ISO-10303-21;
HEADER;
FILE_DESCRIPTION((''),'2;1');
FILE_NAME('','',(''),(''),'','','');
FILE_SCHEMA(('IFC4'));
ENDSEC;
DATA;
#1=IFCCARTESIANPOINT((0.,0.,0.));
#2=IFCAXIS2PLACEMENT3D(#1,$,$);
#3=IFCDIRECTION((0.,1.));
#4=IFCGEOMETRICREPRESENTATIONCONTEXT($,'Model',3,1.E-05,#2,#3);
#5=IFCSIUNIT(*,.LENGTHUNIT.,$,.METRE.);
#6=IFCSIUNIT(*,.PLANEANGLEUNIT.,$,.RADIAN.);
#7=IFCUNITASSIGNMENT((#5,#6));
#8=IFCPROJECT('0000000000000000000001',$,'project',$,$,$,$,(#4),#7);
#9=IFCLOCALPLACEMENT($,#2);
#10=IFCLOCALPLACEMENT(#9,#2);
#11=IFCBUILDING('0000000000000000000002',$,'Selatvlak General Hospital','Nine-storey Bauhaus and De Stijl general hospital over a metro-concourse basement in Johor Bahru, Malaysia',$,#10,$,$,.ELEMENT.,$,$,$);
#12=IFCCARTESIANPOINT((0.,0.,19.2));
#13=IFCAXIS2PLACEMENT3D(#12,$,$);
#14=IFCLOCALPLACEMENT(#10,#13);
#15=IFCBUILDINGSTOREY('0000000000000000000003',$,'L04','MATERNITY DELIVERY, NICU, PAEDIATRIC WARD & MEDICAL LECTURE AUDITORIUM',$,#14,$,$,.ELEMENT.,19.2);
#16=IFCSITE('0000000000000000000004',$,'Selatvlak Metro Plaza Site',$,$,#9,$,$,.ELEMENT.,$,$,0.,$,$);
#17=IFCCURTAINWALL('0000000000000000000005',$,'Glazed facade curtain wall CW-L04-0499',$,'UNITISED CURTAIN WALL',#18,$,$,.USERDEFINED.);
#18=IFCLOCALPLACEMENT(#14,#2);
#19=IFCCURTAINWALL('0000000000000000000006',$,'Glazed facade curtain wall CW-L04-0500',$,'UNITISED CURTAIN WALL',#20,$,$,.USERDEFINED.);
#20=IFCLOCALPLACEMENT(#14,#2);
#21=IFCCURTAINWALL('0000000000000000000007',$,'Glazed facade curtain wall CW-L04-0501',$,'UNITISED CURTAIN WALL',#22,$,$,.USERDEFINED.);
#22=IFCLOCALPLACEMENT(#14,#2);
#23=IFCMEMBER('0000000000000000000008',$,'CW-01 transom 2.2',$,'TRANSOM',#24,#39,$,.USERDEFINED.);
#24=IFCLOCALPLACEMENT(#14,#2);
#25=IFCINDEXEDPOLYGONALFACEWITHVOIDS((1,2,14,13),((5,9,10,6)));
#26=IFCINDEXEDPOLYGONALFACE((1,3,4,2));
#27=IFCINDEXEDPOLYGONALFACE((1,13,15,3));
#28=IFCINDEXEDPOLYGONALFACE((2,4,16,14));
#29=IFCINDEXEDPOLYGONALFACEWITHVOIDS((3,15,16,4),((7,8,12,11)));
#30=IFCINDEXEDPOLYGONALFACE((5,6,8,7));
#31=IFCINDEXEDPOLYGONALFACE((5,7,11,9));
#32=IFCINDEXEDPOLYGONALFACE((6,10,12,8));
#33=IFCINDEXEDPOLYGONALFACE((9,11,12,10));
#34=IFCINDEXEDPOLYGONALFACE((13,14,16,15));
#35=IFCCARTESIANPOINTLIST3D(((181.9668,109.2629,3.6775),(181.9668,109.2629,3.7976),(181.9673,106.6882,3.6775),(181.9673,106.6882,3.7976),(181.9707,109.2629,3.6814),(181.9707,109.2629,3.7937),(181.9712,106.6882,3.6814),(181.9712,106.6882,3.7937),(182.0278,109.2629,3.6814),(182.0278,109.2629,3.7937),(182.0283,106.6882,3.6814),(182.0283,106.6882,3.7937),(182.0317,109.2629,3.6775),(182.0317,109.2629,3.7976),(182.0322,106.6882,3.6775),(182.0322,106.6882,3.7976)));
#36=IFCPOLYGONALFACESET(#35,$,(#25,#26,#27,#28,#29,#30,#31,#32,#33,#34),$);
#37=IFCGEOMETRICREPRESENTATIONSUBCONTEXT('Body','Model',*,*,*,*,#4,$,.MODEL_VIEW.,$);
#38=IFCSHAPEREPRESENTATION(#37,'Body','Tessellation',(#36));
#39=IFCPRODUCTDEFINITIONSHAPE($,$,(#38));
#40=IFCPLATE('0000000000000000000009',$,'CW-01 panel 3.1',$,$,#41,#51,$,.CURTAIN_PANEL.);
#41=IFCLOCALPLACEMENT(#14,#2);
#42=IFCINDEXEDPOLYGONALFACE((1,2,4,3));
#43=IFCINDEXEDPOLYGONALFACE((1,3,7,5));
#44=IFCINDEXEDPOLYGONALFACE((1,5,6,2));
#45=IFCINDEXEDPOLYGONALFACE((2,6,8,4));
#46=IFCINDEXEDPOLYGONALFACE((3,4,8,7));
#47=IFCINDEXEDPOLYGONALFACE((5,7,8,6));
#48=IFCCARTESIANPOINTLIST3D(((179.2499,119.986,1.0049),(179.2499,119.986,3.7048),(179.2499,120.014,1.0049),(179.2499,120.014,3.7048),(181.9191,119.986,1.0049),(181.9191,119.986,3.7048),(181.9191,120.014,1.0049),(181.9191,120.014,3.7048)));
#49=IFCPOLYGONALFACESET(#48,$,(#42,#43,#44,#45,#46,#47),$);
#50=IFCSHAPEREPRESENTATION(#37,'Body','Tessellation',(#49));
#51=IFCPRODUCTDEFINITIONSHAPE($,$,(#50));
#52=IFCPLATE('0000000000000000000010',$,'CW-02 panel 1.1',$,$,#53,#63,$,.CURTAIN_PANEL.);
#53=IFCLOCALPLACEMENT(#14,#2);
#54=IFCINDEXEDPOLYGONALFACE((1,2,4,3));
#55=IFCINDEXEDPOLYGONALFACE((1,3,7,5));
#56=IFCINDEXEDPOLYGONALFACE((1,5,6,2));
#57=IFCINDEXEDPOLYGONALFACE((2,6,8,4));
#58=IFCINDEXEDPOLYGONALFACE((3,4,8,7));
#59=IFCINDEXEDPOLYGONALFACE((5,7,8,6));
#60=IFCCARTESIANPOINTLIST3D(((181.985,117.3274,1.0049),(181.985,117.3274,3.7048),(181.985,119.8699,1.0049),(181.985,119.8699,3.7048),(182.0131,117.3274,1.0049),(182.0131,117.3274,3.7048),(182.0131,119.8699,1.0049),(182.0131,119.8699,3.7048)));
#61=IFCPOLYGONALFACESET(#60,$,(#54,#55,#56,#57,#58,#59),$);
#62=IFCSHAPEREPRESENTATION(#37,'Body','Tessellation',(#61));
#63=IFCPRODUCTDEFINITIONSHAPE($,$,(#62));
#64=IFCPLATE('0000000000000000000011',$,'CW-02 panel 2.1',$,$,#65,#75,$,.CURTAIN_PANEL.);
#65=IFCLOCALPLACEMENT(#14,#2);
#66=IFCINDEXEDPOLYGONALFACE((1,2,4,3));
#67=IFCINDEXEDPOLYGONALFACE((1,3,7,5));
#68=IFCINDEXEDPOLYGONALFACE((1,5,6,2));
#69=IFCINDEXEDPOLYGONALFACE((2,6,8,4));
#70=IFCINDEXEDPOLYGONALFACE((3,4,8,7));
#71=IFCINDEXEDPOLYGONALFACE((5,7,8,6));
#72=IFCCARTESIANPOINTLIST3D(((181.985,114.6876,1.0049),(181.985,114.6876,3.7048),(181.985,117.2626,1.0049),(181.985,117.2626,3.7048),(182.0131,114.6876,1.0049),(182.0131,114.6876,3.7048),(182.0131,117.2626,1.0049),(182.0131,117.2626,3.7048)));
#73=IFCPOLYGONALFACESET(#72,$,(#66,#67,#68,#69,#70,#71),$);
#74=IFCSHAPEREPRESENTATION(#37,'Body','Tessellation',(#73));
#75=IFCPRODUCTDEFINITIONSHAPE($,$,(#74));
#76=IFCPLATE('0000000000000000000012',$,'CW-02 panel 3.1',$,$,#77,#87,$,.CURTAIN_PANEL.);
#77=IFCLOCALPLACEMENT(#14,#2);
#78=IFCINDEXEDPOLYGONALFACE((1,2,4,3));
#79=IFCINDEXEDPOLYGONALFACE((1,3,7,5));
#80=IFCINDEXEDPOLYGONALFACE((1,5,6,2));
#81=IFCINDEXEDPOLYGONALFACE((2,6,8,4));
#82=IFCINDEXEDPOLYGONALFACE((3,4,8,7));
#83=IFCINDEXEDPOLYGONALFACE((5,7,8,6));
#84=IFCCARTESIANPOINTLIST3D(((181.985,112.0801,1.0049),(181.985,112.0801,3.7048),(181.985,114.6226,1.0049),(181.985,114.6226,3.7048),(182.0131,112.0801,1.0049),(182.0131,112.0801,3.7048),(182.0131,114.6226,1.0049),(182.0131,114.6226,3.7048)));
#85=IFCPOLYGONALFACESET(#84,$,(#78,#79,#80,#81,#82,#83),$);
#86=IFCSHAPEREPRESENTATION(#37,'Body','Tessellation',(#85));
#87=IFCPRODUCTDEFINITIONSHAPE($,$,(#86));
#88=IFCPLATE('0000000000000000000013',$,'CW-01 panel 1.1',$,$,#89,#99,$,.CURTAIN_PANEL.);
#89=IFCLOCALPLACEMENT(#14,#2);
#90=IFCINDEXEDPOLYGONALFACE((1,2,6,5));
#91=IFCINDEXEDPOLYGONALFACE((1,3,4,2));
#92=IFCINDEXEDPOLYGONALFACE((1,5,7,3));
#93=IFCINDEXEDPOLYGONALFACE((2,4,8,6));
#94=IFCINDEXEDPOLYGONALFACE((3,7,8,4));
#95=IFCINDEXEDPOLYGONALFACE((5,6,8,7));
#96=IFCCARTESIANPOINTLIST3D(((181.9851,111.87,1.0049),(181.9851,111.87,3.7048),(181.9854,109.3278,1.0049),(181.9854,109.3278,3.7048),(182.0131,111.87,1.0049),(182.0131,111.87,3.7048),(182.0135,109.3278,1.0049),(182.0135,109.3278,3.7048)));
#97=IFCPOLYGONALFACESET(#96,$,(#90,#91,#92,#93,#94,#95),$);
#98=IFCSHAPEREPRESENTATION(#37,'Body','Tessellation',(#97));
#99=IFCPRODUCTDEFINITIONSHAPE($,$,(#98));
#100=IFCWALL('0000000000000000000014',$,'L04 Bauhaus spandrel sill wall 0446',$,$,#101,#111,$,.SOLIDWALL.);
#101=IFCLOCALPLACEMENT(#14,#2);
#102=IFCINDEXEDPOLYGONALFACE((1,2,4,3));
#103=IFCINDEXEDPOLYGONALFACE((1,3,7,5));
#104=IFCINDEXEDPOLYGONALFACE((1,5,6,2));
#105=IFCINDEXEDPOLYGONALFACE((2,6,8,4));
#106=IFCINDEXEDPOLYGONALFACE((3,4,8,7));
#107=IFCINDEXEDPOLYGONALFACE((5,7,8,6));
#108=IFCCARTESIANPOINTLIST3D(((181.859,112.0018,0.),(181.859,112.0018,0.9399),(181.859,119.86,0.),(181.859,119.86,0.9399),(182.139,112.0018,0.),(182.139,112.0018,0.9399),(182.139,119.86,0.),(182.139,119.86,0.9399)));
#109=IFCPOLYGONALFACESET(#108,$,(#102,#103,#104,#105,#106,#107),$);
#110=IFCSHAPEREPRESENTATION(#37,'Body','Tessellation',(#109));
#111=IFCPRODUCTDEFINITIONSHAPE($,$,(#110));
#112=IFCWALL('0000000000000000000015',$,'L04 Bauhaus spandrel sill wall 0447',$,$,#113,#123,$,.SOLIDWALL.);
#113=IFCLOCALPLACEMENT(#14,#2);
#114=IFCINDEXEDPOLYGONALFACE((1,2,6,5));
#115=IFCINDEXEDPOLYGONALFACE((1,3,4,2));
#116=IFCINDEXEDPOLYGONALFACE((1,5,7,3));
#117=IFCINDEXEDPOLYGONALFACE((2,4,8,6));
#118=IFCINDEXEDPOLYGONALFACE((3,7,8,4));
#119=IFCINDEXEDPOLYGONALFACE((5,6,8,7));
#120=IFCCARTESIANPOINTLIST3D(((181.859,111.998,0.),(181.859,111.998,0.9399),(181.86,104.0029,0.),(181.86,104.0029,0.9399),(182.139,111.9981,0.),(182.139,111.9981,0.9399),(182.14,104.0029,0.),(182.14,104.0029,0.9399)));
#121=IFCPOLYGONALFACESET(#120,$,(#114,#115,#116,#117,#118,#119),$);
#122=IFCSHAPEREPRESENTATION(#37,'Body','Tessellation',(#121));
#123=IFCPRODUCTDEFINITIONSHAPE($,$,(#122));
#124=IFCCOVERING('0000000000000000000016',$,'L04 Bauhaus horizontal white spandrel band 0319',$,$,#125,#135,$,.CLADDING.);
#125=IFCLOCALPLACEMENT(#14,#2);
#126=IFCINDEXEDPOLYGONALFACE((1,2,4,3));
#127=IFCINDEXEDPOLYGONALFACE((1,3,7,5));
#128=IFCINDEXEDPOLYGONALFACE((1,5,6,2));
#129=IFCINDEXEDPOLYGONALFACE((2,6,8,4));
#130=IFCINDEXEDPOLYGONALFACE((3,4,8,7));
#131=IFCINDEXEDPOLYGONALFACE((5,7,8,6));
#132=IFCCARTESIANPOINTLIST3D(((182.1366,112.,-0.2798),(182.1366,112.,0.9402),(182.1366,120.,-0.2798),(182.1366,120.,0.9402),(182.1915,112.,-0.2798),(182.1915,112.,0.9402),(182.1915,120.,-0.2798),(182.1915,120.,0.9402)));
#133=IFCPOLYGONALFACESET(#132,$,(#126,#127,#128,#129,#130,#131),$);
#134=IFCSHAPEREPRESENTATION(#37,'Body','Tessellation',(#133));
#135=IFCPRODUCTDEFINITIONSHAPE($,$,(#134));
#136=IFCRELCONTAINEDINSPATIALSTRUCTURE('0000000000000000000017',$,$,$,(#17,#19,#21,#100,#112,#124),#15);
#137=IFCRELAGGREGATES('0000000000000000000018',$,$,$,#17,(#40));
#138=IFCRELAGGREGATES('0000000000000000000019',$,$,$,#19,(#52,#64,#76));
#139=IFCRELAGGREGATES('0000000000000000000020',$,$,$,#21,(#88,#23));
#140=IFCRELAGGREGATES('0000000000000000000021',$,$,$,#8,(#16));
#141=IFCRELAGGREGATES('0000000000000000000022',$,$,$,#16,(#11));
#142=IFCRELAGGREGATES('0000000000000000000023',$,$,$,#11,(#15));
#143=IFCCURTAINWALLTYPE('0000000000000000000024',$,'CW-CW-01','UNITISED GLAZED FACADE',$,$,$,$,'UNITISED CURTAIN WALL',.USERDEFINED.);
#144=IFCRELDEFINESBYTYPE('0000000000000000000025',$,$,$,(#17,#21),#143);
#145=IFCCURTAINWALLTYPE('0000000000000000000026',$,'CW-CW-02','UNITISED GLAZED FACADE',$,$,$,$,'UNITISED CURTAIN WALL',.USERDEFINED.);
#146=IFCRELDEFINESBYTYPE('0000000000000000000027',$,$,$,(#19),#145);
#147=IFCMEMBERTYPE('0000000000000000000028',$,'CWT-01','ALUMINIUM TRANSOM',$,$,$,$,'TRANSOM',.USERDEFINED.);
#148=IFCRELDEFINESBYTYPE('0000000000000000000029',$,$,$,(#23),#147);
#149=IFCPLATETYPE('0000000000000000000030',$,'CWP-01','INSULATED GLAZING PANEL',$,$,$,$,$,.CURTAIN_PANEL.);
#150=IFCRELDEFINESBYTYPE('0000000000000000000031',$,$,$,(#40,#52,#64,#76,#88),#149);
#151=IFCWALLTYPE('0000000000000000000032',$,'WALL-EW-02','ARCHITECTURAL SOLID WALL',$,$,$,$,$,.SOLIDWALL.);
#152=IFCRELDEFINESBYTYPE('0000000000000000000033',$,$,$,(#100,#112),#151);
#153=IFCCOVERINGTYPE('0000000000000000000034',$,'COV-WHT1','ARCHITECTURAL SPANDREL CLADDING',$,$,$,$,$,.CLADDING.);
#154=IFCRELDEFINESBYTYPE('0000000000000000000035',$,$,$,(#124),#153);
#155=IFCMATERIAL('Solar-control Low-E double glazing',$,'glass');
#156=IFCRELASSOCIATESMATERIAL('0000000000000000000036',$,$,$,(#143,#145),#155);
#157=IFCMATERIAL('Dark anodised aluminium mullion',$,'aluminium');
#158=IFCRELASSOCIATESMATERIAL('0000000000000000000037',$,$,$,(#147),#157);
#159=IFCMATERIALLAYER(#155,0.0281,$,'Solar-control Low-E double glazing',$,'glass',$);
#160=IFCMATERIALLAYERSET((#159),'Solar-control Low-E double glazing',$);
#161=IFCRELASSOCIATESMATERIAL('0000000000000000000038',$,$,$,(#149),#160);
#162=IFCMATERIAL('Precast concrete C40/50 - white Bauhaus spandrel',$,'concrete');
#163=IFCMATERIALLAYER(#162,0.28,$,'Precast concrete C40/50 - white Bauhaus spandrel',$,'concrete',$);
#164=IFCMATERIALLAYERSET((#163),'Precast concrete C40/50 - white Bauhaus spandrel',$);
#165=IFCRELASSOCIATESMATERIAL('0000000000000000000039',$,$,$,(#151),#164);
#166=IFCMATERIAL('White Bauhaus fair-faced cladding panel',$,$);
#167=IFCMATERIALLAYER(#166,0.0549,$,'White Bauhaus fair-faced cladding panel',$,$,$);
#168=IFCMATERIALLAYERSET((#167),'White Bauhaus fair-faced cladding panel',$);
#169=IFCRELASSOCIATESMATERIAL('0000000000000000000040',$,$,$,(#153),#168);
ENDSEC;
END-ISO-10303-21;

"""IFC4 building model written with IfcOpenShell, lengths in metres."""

from ifc_helpers import new_model, si_unit, direction, frame, frame_2d, origin, origin_2d, place, context, subcontext, project, spatial, rectangle, hollow_rectangle, extrude, material, layer, layer_set, material_profile, profile_set, type_object, element, aggregate, save


model = new_model("IFC4")

# Units and contexts
model_context = context("Model", 3, precision=1e-05, world=origin(), true_north=direction((0.0, 1.0)))
body_context = subcontext(model_context, "Body", "Model", "MODEL_VIEW")
ifc_project = project(units=[si_unit("LENGTHUNIT", "METRE"), si_unit("PLANEANGLEUNIT", "RADIAN")], contexts=[model_context])

# Site, building, storey
site_placement = place(None, origin())
site = spatial("IfcSite", under=ifc_project, at=site_placement, Name="Selatvlak Metro Plaza Site", CompositionType="ELEMENT", RefElevation=0.0)
building_placement = place(site_placement, origin())
building = spatial("IfcBuilding", under=site, at=building_placement, Name="Selatvlak General Hospital", Description="Nine-storey Bauhaus and De Stijl general hospital over a metro-concourse basement in Johor Bahru, Malaysia", CompositionType="ELEMENT")
storey_placement = place(building_placement, frame((0.0, 0.0, 19.2)))
storey = spatial("IfcBuildingStorey", under=building, at=storey_placement, Name="L04", Description="MATERNITY DELIVERY, NICU, PAEDIATRIC WARD & MEDICAL LECTURE AUDITORIUM", CompositionType="ELEMENT", Elevation=19.2)

# Curtain walls
ifc_material_1 = material(Name="Solar-control Low-E double glazing", Category="glass")
curtain_wall_type_1 = type_object("IfcCurtainWallType", Name="CW-CW-01", Description="UNITISED GLAZED FACADE", ElementType="UNITISED CURTAIN WALL", PredefinedType="USERDEFINED", material=ifc_material_1)
curtain_wall_1_placement = place(storey_placement, origin())
curtain_wall_1 = element("IfcCurtainWall", 1, at=curtain_wall_1_placement, inside=storey, type_object=curtain_wall_type_1, Name="Glazed facade curtain wall CW-L04-0499", ObjectType="UNITISED CURTAIN WALL", PredefinedType="USERDEFINED")
ifc_material_2 = material(Name="Dark anodised aluminium mullion", Category="aluminium")
curtain_wall_type_2 = type_object("IfcCurtainWallType", Name="CW-CW-02", Description="UNITISED GLAZED FACADE", ElementType="UNITISED CURTAIN WALL", PredefinedType="USERDEFINED", material=ifc_material_1)
curtain_wall_2_placement = place(storey_placement, origin())
curtain_wall_2 = element("IfcCurtainWall", 2, at=curtain_wall_2_placement, inside=storey, type_object=curtain_wall_type_2, Name="Glazed facade curtain wall CW-L04-0500", ObjectType="UNITISED CURTAIN WALL", PredefinedType="USERDEFINED")
curtain_wall_3_placement = place(storey_placement, origin())
curtain_wall_3 = element("IfcCurtainWall", 3, at=curtain_wall_3_placement, inside=storey, type_object=curtain_wall_type_1, Name="Glazed facade curtain wall CW-L04-0501", ObjectType="UNITISED CURTAIN WALL", PredefinedType="USERDEFINED")

# Member
ifc_material_profile_1 = material_profile(ifc_material_2, hollow_rectangle(XDim=0.0649, YDim=0.1201, WallThickness=0.0039, at=origin_2d()), Name="AL-TRN 65x120x4")
ifc_profile_set_1 = profile_set([ifc_material_profile_1], Name="Dark anodised aluminium mullion")
member_type_1 = type_object("IfcMemberType", Name="CWT-01", Description="ALUMINIUM TRANSOM", ElementType="TRANSOM", PredefinedType="USERDEFINED", material=ifc_profile_set_1)
member_1_placement = place(storey_placement, frame((181.9993, 109.2629, 3.7375), z_axis=(0.00019, -1.0, 0.0), x_axis=(1.0, 0.00019, 0.0)))
member_1 = element("IfcMember", 4, at=member_1_placement, type_object=member_type_1, Name="CW-01 transom 2.2", ObjectType="TRANSOM", PredefinedType="USERDEFINED", context=body_context, shape_type="SweptSolid", body=[
    extrude(hollow_rectangle(XDim=0.0649, YDim=0.1201, WallThickness=0.0039, at=origin_2d()), origin(), (0.0, 0.0, 1.0), 2.5747),
])

# Plates
ifc_layer_1 = layer(ifc_material_1, 0.0281, Name="Solar-control Low-E double glazing", Category="glass")
ifc_layer_set_1 = layer_set([ifc_layer_1], Name="Solar-control Low-E double glazing")
plate_type = type_object("IfcPlateType", Name="CWP-01", Description="INSULATED GLAZING PANEL", PredefinedType="CURTAIN_PANEL", material=ifc_layer_set_1)
plate_1_placement = place(storey_placement, frame((180.5845, 120.0, 1.0049), z_axis=(0.0, 0.0, 1.0), x_axis=(1.0, 0.0, 0.0)))
plate_1 = element("IfcPlate", 5, at=plate_1_placement, type_object=plate_type, Name="CW-01 panel 3.1", PredefinedType="CURTAIN_PANEL", context=body_context, shape_type="SweptSolid", body=[
    extrude(rectangle(XDim=2.6692, YDim=0.0281, at=origin_2d()), origin(), (0.0, 0.0, 1.0), 2.7),
])
aggregate(curtain_wall_1, [plate_1])
plate_2_placement = place(storey_placement, frame((181.999, 118.5986, 1.0049), z_axis=(0.0, 0.0, 1.0), x_axis=(0.0, -1.0, 0.0)))
plate_2 = element("IfcPlate", 6, at=plate_2_placement, type_object=plate_type, Name="CW-02 panel 1.1", PredefinedType="CURTAIN_PANEL", context=body_context, shape_type="SweptSolid", body=[
    extrude(rectangle(XDim=2.5425, YDim=0.0281, at=origin_2d()), origin(), (0.0, 0.0, 1.0), 2.7),
])
plate_3_placement = place(storey_placement, frame((181.999, 115.9751, 1.0049), z_axis=(0.0, 0.0, 1.0), x_axis=(0.0, -1.0, 0.0)))
plate_3 = element("IfcPlate", 7, at=plate_3_placement, type_object=plate_type, Name="CW-02 panel 2.1", PredefinedType="CURTAIN_PANEL", context=body_context, shape_type="SweptSolid", body=[
    extrude(rectangle(XDim=2.575, YDim=0.0281, at=origin_2d()), origin(), (0.0, 0.0, 1.0), 2.7),
])
plate_4_placement = place(storey_placement, frame((181.999, 113.3513, 1.0049), z_axis=(0.0, 0.0, 1.0), x_axis=(0.0, -1.0, 0.0)))
plate_4 = element("IfcPlate", 8, at=plate_4_placement, type_object=plate_type, Name="CW-02 panel 3.1", PredefinedType="CURTAIN_PANEL", context=body_context, shape_type="SweptSolid", body=[
    extrude(rectangle(XDim=2.5425, YDim=0.0281, at=origin_2d()), origin(), (0.0, 0.0, 1.0), 2.7),
])
aggregate(curtain_wall_2, [plate_2, plate_3, plate_4])
plate_5_placement = place(storey_placement, frame((181.9993, 110.5989, 1.0049), z_axis=(0.0, 0.0, 1.0), x_axis=(0.000126, -1.0, 0.0)))
plate_5 = element("IfcPlate", 9, at=plate_5_placement, type_object=plate_type, Name="CW-01 panel 1.1", PredefinedType="CURTAIN_PANEL", context=body_context, shape_type="SweptSolid", body=[
    extrude(rectangle(XDim=2.5422, YDim=0.0281, at=origin_2d()), origin(), (0.0, 0.0, 1.0), 2.7),
])
aggregate(curtain_wall_3, [plate_5, member_1])

# Walls
ifc_material_3 = material(Name="Precast concrete C40/50 - white Bauhaus spandrel", Category="concrete")
ifc_layer_2 = layer(ifc_material_3, 0.28, Name="Precast concrete C40/50 - white Bauhaus spandrel", Category="concrete")
ifc_layer_set_2 = layer_set([ifc_layer_2], Name="Precast concrete C40/50 - white Bauhaus spandrel")
wall_type_1 = type_object("IfcWallType", Name="WALL-EW-02", Description="ARCHITECTURAL SOLID WALL", PredefinedType="SOLIDWALL", material=ifc_layer_set_2)
wall_1_placement = place(storey_placement, frame((181.999, 119.8601, 0.0), z_axis=(0.0, 0.0, 1.0), x_axis=(0.0, -1.0, 0.0)))
element("IfcWall", 10, at=wall_1_placement, inside=storey, type_object=wall_type_1, Name="L04 Bauhaus spandrel sill wall 0446", PredefinedType="SOLIDWALL", context=body_context, shape_type="SweptSolid", body=[
    extrude(rectangle(XDim=7.8582, YDim=0.28, at=frame_2d((3.9292, 0.0))), origin(), (0.0, 0.0, 1.0), 0.9399),
])
wall_2_placement = place(storey_placement, frame((181.999, 111.998, 0.0), z_axis=(0.0, 0.0, 1.0), x_axis=(0.000122, -1.0, 0.0)))
element("IfcWall", 11, at=wall_2_placement, inside=storey, type_object=wall_type_1, Name="L04 Bauhaus spandrel sill wall 0447", PredefinedType="SOLIDWALL", context=body_context, shape_type="SweptSolid", body=[
    extrude(rectangle(XDim=7.9951, YDim=0.28, at=frame_2d((3.9976, 0.0))), origin(), (0.0, 0.0, 1.0), 0.9399),
])

# Covering
ifc_material_4 = material(Name="White Bauhaus fair-faced cladding panel")
ifc_layer_3 = layer(ifc_material_4, 0.0549, Name="White Bauhaus fair-faced cladding panel")
ifc_layer_set_3 = layer_set([ifc_layer_3], Name="White Bauhaus fair-faced cladding panel")
covering_type = type_object("IfcCoveringType", Name="COV-WHT1", Description="ARCHITECTURAL SPANDREL CLADDING", PredefinedType="CLADDING", material=ifc_layer_set_3)
covering_placement = place(storey_placement, frame((182.1641, 116.0, -0.2798), z_axis=(0.0, 0.0, 1.0), x_axis=(0.0, -1.0, 0.0)))
element("IfcCovering", 12, at=covering_placement, inside=storey, type_object=covering_type, Name="L04 Bauhaus horizontal white spandrel band 0319", PredefinedType="CLADDING", context=body_context, shape_type="SweptSolid", body=[
    extrude(rectangle(XDim=8.0, YDim=0.0549, at=origin_2d()), origin(), (0.0, 0.0, 1.0), 1.22),
])

save(model, "model.ifc")
